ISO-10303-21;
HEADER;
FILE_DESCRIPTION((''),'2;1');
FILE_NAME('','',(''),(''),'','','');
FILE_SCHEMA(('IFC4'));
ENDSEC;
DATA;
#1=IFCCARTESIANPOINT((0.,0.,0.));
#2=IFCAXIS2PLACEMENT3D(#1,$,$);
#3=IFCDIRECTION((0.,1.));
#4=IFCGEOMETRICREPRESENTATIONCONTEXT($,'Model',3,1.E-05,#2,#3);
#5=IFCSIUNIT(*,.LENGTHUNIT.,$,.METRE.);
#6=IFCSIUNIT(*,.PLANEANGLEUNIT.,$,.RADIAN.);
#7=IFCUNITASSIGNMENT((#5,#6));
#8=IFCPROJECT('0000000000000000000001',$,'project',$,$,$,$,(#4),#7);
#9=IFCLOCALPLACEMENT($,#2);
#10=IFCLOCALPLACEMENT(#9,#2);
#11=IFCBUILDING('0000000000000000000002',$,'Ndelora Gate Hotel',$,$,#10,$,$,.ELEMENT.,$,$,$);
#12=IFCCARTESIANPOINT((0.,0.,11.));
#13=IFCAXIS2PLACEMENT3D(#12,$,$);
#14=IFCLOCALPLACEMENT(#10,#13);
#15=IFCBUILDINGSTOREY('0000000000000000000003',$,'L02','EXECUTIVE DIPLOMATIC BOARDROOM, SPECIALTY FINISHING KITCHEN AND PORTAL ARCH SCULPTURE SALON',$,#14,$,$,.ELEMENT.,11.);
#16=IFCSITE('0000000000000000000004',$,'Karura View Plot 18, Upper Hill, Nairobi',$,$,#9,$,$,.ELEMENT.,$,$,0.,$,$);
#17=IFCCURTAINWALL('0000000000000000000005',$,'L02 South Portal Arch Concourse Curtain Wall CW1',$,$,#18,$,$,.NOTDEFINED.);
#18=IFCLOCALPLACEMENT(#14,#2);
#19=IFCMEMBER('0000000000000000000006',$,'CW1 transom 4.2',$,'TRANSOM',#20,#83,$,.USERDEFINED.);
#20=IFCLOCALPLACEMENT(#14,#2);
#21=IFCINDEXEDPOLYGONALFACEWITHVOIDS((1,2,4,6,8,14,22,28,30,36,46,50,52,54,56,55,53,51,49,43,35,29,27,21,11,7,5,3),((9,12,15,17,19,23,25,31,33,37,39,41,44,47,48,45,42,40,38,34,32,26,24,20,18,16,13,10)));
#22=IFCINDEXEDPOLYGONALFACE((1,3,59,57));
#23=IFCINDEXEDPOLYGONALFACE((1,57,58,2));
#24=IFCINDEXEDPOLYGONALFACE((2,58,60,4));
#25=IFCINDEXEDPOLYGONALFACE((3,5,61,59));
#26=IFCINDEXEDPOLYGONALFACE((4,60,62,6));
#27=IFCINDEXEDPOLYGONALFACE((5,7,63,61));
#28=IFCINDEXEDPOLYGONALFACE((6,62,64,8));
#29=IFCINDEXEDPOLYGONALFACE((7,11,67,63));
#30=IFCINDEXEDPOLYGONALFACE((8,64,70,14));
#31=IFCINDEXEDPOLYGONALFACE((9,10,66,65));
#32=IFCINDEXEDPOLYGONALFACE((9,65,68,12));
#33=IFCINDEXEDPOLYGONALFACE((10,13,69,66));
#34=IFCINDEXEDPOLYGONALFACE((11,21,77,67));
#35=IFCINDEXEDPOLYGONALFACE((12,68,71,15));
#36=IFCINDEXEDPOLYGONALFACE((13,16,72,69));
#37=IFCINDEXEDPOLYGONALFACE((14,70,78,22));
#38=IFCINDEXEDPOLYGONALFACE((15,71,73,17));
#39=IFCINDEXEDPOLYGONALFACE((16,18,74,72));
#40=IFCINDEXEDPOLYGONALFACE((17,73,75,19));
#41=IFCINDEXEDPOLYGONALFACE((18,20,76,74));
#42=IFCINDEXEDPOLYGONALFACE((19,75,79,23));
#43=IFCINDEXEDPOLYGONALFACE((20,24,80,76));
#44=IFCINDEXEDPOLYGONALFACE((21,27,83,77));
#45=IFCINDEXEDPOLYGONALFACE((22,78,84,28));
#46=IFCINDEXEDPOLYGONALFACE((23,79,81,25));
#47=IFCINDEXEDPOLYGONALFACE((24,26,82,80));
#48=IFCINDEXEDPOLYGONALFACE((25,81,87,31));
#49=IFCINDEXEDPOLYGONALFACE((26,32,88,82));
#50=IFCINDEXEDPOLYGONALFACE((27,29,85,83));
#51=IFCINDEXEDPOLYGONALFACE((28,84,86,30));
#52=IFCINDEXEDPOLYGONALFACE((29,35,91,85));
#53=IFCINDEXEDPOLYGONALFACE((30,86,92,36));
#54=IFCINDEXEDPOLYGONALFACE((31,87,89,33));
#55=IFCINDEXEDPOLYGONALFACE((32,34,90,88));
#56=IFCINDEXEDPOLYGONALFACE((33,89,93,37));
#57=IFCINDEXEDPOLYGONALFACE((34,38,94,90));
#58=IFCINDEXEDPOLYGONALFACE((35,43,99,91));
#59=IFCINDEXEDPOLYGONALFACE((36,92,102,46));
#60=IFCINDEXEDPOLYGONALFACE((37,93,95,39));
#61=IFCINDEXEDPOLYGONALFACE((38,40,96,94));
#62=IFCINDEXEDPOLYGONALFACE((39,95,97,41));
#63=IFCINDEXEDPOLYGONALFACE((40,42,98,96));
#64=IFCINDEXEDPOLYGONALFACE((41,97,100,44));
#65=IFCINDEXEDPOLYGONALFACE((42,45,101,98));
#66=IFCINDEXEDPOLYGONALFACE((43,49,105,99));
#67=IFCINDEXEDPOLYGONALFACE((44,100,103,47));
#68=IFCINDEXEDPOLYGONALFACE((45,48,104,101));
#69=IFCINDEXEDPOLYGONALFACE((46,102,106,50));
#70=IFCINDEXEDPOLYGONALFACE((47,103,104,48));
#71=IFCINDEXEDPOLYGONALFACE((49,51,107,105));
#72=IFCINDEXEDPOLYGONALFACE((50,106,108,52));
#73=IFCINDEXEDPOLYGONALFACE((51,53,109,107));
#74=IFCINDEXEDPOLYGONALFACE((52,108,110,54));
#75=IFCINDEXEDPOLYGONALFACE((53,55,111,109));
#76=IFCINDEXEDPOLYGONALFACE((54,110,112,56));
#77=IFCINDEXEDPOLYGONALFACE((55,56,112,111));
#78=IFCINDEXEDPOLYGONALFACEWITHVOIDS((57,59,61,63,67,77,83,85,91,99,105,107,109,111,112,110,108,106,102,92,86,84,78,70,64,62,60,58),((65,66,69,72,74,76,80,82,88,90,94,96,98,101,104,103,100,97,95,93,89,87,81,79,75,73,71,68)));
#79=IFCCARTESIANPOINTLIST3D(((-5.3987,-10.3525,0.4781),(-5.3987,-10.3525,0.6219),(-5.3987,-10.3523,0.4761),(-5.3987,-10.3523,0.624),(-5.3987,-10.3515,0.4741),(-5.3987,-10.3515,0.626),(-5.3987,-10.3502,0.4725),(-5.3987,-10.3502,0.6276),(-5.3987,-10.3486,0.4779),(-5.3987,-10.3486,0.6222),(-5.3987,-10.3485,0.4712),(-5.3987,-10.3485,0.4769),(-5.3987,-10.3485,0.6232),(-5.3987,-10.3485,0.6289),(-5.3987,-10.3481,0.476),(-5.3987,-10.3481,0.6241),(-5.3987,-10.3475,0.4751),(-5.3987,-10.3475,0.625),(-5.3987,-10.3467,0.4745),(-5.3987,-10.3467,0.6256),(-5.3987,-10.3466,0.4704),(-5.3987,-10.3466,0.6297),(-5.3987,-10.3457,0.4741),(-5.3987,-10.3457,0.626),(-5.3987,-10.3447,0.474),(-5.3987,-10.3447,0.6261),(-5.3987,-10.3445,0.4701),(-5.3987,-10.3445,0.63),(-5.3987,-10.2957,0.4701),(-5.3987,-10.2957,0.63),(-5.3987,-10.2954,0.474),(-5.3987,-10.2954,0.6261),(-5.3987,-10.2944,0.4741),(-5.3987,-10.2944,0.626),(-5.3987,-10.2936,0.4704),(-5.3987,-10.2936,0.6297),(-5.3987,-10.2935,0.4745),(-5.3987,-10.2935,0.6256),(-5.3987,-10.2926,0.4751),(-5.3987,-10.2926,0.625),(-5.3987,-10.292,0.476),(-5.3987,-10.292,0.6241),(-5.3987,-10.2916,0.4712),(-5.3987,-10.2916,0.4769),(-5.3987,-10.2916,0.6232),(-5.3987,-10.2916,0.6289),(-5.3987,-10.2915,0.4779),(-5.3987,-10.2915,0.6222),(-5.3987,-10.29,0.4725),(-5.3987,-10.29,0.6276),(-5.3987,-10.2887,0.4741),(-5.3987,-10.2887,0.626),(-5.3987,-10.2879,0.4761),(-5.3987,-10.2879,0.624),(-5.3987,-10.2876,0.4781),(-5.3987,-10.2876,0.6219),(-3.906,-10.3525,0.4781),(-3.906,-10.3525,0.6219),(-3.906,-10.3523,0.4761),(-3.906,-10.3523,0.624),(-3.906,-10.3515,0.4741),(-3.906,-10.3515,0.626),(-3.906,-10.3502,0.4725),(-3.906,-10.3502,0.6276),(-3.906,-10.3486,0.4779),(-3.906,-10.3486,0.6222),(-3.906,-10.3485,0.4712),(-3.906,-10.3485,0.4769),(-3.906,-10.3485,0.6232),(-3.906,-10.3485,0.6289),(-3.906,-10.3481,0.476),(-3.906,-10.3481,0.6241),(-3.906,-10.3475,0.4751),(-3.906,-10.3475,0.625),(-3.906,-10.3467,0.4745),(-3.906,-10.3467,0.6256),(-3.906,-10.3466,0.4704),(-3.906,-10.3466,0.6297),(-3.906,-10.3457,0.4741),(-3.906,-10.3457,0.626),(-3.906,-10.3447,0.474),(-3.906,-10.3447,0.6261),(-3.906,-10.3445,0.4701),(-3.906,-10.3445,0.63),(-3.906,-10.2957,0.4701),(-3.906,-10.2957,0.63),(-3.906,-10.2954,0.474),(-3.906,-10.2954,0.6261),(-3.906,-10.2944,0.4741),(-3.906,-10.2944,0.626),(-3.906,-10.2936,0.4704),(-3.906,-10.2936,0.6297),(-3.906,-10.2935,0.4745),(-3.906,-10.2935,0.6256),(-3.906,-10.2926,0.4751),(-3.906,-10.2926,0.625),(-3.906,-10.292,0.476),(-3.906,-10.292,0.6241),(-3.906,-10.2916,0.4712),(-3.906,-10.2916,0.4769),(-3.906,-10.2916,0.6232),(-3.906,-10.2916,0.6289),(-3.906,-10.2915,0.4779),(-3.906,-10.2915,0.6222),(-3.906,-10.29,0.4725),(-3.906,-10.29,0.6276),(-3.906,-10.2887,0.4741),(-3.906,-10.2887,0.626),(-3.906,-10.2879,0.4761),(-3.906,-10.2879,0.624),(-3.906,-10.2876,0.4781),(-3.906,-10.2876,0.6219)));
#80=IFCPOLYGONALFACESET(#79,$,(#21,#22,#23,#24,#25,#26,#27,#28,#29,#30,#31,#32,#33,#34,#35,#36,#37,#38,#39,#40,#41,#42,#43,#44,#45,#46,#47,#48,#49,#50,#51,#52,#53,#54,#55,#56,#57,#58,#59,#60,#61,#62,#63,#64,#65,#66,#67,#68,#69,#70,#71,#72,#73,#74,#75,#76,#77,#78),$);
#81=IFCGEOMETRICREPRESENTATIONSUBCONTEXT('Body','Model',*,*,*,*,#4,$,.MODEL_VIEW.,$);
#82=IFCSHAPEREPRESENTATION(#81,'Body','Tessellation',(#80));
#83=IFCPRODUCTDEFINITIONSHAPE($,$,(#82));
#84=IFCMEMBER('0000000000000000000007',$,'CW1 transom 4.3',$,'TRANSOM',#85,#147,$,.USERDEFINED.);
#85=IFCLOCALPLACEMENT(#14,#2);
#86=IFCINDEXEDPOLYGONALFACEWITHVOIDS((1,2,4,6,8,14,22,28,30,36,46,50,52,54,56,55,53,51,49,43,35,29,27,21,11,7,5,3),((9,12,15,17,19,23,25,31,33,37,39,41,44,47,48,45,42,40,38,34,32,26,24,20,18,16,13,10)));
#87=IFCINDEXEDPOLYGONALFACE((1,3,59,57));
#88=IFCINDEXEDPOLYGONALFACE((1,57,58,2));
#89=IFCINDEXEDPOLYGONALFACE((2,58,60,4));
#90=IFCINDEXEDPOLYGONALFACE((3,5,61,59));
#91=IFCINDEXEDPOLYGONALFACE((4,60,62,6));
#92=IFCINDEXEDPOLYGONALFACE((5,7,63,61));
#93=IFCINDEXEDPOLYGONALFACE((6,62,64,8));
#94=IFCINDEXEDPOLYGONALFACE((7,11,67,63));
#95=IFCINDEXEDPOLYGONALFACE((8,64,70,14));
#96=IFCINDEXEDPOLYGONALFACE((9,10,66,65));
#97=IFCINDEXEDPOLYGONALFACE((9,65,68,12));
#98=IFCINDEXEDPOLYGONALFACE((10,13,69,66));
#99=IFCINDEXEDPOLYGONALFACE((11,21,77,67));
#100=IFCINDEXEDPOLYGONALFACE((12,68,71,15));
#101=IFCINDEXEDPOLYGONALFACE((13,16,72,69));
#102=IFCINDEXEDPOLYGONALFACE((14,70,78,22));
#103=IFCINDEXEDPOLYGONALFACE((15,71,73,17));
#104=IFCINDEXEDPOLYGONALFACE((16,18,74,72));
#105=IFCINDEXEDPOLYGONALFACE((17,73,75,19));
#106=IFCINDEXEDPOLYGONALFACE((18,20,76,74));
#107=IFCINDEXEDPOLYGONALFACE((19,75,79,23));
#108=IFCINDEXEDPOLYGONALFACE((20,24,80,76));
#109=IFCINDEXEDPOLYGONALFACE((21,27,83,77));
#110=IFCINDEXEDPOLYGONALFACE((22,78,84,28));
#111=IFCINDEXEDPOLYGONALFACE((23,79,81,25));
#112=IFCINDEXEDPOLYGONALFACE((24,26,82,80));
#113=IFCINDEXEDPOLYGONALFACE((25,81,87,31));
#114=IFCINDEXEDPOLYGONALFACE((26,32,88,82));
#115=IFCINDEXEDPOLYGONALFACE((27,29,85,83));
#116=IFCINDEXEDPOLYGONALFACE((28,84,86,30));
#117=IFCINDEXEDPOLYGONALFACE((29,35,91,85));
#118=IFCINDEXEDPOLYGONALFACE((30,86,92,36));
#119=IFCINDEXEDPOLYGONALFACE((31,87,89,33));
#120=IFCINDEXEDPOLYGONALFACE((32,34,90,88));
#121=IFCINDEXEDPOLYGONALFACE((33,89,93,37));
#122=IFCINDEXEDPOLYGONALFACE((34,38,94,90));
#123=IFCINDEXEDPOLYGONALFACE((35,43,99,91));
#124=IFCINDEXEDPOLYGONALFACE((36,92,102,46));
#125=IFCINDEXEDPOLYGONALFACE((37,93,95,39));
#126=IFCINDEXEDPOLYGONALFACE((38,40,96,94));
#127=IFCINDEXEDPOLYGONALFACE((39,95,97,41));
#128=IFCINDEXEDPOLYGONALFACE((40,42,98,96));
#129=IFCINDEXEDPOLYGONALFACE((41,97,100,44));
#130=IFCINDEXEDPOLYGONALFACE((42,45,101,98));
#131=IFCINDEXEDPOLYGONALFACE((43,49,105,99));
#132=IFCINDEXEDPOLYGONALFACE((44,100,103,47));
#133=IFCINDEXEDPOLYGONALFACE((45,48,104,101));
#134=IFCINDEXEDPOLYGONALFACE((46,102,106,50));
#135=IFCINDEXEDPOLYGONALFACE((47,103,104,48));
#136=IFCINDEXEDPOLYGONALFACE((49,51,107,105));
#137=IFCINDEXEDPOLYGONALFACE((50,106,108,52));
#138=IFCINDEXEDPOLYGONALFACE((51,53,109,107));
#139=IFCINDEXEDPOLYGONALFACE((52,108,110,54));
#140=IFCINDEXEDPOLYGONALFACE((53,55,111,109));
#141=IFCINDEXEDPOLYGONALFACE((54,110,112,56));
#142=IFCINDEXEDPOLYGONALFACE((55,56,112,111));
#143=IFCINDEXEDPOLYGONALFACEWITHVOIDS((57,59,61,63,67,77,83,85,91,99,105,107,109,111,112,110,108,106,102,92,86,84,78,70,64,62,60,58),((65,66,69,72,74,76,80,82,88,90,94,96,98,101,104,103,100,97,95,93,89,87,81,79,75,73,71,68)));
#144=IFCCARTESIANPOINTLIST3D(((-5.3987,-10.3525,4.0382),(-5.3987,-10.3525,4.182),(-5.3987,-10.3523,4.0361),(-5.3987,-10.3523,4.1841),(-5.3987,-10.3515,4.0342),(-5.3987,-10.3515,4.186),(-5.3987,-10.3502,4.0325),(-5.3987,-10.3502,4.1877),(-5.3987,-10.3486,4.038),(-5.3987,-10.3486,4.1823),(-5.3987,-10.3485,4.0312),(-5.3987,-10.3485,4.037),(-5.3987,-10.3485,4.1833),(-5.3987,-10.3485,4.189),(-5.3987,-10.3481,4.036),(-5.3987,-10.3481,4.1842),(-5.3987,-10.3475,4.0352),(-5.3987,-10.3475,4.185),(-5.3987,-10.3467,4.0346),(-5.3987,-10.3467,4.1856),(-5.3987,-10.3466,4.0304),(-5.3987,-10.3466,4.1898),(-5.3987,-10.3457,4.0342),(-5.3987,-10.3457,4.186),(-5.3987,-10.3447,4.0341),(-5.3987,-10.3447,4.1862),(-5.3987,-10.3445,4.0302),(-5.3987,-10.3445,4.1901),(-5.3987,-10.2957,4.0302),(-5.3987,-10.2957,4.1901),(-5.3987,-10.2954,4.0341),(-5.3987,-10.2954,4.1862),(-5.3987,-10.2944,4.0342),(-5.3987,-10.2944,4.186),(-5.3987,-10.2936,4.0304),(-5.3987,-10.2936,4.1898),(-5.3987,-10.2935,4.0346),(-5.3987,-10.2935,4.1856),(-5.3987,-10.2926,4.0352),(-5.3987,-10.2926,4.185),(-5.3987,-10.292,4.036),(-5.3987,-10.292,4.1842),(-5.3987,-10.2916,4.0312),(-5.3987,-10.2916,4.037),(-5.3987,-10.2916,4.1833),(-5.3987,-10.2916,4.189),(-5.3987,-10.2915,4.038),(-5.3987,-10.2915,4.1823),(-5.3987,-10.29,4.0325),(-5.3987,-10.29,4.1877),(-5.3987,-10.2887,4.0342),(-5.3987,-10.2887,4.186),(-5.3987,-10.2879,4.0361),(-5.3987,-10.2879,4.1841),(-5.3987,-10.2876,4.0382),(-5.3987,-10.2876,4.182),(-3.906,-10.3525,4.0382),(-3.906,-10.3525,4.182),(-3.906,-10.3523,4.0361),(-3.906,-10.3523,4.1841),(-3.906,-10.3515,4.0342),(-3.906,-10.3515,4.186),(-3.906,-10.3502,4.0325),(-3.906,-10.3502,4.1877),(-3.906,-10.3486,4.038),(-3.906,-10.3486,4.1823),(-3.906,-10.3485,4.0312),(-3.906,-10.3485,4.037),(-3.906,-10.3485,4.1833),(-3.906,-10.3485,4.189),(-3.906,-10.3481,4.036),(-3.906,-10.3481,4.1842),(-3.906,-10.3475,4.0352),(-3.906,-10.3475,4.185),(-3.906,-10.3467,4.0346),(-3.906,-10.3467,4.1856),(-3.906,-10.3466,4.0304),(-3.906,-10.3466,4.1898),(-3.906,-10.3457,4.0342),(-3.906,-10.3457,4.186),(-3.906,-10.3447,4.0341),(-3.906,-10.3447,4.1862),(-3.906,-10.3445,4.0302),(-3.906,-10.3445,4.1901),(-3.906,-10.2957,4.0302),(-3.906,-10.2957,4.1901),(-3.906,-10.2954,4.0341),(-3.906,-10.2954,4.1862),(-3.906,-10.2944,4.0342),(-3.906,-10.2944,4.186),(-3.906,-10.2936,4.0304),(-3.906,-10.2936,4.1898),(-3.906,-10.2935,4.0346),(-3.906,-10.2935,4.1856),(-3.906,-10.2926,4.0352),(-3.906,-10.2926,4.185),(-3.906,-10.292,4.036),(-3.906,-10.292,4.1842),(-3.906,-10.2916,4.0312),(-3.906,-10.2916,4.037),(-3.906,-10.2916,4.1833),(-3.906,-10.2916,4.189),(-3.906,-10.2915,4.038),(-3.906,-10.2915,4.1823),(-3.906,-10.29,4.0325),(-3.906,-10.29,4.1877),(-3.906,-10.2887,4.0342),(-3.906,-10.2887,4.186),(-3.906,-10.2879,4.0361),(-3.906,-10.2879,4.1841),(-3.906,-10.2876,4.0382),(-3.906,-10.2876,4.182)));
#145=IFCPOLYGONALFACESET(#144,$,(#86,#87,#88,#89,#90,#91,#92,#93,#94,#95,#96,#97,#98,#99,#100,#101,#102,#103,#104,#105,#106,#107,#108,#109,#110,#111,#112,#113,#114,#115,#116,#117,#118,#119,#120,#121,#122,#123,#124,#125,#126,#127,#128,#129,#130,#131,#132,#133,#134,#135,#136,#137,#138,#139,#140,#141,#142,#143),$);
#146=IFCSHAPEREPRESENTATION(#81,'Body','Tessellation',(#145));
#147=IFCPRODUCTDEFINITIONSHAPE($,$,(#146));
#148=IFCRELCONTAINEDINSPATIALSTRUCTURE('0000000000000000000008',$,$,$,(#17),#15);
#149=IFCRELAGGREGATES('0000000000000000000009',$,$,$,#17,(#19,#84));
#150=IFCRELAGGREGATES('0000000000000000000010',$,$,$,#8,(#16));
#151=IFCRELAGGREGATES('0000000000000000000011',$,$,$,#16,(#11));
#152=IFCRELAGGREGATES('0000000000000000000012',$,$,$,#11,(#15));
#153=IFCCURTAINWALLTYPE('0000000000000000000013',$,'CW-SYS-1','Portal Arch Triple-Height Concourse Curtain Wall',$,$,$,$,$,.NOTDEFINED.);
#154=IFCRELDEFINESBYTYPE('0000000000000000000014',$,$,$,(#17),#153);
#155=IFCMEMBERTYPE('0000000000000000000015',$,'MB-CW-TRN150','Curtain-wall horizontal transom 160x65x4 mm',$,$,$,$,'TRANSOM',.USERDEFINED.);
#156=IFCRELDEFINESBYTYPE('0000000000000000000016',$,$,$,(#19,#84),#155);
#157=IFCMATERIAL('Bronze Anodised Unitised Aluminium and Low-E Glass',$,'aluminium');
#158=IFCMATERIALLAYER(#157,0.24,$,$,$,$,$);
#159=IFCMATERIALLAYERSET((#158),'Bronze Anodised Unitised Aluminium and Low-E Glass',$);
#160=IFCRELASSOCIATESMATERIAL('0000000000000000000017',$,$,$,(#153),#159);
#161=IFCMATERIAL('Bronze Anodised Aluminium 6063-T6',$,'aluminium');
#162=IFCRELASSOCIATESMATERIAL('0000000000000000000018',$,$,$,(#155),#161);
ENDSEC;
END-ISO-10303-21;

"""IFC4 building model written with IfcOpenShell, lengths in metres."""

from ifc_helpers import new_model, si_unit, direction, frame, origin, origin_2d, place, context, subcontext, project, spatial, hollow_rectangle, extrude, material, layer, layer_set, material_profile, profile_set, type_object, element, aggregate, save


model = new_model("IFC4")

# Units and contexts
model_context = context("Model", 3, precision=1e-05, world=origin(), true_north=direction((0.0, 1.0)))
body_context = subcontext(model_context, "Body", "Model", "MODEL_VIEW")
ifc_project = project(units=[si_unit("LENGTHUNIT", "METRE"), si_unit("PLANEANGLEUNIT", "RADIAN")], contexts=[model_context])

# Site, building, storey
site_placement = place(None, origin())
site = spatial("IfcSite", under=ifc_project, at=site_placement, Name="Karura View Plot 18, Upper Hill, Nairobi", CompositionType="ELEMENT", RefElevation=0.0)
building_placement = place(site_placement, origin())
building = spatial("IfcBuilding", under=site, at=building_placement, Name="Ndelora Gate Hotel", CompositionType="ELEMENT")
storey_placement = place(building_placement, frame((0.0, 0.0, 11.0)))
storey = spatial("IfcBuildingStorey", under=building, at=storey_placement, Name="L02", Description="EXECUTIVE DIPLOMATIC BOARDROOM, SPECIALTY FINISHING KITCHEN AND PORTAL ARCH SCULPTURE SALON", CompositionType="ELEMENT", Elevation=11.0)

# Curtain wall, members
ifc_material_1 = material(Name="Bronze Anodised Unitised Aluminium and Low-E Glass", Category="aluminium")
ifc_layer_1 = layer(ifc_material_1, 0.24)
ifc_layer_set_1 = layer_set([ifc_layer_1], Name="Bronze Anodised Unitised Aluminium and Low-E Glass")
curtain_wall_type = type_object("IfcCurtainWallType", Name="CW-SYS-1", Description="Portal Arch Triple-Height Concourse Curtain Wall", PredefinedType="NOTDEFINED", material=ifc_layer_set_1)
curtain_wall_placement = place(storey_placement, origin())
curtain_wall = element("IfcCurtainWall", 1, at=curtain_wall_placement, inside=storey, type_object=curtain_wall_type, Name="L02 South Portal Arch Concourse Curtain Wall CW1", PredefinedType="NOTDEFINED")
ifc_material_2 = material(Name="Bronze Anodised Aluminium 6063-T6", Category="aluminium")
ifc_material_profile_1 = material_profile(ifc_material_2, hollow_rectangle(XDim=0.0649, YDim=0.1599, WallThickness=0.0039, InnerFilletRadius=0.0039, OuterFilletRadius=0.0081, at=origin_2d()), Name="ALU 160x65x4")
ifc_profile_set_1 = profile_set([ifc_material_profile_1], Name="Bronze Anodised Aluminium 6063-T6")
member_type_1 = type_object("IfcMemberType", Name="MB-CW-TRN150", Description="Curtain-wall horizontal transom 160x65x4 mm", ElementType="TRANSOM", PredefinedType="USERDEFINED", material=ifc_profile_set_1)
member_1_placement = place(storey_placement, frame((-5.3987, -10.3201, 0.55), z_axis=(1.0, 0.0, 0.0), x_axis=(0.0, 1.0, 0.0)))
member_1 = element("IfcMember", 2, at=member_1_placement, type_object=member_type_1, Name="CW1 transom 4.2", ObjectType="TRANSOM", PredefinedType="USERDEFINED", context=body_context, shape_type="SweptSolid", body=[
    extrude(hollow_rectangle(XDim=0.0649, YDim=0.1599, WallThickness=0.0039, InnerFilletRadius=0.0039, OuterFilletRadius=0.0081, at=origin_2d()), origin(), (0.0, 0.0, 1.0), 1.4927),
])
member_2_placement = place(storey_placement, frame((-5.3987, -10.3201, 4.1101), z_axis=(1.0, 0.0, 0.0), x_axis=(0.0, 1.0, 0.0)))
member_2 = element("IfcMember", 3, at=member_2_placement, type_object=member_type_1, Name="CW1 transom 4.3", ObjectType="TRANSOM", PredefinedType="USERDEFINED", context=body_context, shape_type="SweptSolid", body=[
    extrude(hollow_rectangle(XDim=0.0649, YDim=0.1599, WallThickness=0.0039, InnerFilletRadius=0.0039, OuterFilletRadius=0.0081, at=origin_2d()), origin(), (0.0, 0.0, 1.0), 1.4927),
])
aggregate(curtain_wall, [member_1, member_2])

save(model, "model.ifc")
